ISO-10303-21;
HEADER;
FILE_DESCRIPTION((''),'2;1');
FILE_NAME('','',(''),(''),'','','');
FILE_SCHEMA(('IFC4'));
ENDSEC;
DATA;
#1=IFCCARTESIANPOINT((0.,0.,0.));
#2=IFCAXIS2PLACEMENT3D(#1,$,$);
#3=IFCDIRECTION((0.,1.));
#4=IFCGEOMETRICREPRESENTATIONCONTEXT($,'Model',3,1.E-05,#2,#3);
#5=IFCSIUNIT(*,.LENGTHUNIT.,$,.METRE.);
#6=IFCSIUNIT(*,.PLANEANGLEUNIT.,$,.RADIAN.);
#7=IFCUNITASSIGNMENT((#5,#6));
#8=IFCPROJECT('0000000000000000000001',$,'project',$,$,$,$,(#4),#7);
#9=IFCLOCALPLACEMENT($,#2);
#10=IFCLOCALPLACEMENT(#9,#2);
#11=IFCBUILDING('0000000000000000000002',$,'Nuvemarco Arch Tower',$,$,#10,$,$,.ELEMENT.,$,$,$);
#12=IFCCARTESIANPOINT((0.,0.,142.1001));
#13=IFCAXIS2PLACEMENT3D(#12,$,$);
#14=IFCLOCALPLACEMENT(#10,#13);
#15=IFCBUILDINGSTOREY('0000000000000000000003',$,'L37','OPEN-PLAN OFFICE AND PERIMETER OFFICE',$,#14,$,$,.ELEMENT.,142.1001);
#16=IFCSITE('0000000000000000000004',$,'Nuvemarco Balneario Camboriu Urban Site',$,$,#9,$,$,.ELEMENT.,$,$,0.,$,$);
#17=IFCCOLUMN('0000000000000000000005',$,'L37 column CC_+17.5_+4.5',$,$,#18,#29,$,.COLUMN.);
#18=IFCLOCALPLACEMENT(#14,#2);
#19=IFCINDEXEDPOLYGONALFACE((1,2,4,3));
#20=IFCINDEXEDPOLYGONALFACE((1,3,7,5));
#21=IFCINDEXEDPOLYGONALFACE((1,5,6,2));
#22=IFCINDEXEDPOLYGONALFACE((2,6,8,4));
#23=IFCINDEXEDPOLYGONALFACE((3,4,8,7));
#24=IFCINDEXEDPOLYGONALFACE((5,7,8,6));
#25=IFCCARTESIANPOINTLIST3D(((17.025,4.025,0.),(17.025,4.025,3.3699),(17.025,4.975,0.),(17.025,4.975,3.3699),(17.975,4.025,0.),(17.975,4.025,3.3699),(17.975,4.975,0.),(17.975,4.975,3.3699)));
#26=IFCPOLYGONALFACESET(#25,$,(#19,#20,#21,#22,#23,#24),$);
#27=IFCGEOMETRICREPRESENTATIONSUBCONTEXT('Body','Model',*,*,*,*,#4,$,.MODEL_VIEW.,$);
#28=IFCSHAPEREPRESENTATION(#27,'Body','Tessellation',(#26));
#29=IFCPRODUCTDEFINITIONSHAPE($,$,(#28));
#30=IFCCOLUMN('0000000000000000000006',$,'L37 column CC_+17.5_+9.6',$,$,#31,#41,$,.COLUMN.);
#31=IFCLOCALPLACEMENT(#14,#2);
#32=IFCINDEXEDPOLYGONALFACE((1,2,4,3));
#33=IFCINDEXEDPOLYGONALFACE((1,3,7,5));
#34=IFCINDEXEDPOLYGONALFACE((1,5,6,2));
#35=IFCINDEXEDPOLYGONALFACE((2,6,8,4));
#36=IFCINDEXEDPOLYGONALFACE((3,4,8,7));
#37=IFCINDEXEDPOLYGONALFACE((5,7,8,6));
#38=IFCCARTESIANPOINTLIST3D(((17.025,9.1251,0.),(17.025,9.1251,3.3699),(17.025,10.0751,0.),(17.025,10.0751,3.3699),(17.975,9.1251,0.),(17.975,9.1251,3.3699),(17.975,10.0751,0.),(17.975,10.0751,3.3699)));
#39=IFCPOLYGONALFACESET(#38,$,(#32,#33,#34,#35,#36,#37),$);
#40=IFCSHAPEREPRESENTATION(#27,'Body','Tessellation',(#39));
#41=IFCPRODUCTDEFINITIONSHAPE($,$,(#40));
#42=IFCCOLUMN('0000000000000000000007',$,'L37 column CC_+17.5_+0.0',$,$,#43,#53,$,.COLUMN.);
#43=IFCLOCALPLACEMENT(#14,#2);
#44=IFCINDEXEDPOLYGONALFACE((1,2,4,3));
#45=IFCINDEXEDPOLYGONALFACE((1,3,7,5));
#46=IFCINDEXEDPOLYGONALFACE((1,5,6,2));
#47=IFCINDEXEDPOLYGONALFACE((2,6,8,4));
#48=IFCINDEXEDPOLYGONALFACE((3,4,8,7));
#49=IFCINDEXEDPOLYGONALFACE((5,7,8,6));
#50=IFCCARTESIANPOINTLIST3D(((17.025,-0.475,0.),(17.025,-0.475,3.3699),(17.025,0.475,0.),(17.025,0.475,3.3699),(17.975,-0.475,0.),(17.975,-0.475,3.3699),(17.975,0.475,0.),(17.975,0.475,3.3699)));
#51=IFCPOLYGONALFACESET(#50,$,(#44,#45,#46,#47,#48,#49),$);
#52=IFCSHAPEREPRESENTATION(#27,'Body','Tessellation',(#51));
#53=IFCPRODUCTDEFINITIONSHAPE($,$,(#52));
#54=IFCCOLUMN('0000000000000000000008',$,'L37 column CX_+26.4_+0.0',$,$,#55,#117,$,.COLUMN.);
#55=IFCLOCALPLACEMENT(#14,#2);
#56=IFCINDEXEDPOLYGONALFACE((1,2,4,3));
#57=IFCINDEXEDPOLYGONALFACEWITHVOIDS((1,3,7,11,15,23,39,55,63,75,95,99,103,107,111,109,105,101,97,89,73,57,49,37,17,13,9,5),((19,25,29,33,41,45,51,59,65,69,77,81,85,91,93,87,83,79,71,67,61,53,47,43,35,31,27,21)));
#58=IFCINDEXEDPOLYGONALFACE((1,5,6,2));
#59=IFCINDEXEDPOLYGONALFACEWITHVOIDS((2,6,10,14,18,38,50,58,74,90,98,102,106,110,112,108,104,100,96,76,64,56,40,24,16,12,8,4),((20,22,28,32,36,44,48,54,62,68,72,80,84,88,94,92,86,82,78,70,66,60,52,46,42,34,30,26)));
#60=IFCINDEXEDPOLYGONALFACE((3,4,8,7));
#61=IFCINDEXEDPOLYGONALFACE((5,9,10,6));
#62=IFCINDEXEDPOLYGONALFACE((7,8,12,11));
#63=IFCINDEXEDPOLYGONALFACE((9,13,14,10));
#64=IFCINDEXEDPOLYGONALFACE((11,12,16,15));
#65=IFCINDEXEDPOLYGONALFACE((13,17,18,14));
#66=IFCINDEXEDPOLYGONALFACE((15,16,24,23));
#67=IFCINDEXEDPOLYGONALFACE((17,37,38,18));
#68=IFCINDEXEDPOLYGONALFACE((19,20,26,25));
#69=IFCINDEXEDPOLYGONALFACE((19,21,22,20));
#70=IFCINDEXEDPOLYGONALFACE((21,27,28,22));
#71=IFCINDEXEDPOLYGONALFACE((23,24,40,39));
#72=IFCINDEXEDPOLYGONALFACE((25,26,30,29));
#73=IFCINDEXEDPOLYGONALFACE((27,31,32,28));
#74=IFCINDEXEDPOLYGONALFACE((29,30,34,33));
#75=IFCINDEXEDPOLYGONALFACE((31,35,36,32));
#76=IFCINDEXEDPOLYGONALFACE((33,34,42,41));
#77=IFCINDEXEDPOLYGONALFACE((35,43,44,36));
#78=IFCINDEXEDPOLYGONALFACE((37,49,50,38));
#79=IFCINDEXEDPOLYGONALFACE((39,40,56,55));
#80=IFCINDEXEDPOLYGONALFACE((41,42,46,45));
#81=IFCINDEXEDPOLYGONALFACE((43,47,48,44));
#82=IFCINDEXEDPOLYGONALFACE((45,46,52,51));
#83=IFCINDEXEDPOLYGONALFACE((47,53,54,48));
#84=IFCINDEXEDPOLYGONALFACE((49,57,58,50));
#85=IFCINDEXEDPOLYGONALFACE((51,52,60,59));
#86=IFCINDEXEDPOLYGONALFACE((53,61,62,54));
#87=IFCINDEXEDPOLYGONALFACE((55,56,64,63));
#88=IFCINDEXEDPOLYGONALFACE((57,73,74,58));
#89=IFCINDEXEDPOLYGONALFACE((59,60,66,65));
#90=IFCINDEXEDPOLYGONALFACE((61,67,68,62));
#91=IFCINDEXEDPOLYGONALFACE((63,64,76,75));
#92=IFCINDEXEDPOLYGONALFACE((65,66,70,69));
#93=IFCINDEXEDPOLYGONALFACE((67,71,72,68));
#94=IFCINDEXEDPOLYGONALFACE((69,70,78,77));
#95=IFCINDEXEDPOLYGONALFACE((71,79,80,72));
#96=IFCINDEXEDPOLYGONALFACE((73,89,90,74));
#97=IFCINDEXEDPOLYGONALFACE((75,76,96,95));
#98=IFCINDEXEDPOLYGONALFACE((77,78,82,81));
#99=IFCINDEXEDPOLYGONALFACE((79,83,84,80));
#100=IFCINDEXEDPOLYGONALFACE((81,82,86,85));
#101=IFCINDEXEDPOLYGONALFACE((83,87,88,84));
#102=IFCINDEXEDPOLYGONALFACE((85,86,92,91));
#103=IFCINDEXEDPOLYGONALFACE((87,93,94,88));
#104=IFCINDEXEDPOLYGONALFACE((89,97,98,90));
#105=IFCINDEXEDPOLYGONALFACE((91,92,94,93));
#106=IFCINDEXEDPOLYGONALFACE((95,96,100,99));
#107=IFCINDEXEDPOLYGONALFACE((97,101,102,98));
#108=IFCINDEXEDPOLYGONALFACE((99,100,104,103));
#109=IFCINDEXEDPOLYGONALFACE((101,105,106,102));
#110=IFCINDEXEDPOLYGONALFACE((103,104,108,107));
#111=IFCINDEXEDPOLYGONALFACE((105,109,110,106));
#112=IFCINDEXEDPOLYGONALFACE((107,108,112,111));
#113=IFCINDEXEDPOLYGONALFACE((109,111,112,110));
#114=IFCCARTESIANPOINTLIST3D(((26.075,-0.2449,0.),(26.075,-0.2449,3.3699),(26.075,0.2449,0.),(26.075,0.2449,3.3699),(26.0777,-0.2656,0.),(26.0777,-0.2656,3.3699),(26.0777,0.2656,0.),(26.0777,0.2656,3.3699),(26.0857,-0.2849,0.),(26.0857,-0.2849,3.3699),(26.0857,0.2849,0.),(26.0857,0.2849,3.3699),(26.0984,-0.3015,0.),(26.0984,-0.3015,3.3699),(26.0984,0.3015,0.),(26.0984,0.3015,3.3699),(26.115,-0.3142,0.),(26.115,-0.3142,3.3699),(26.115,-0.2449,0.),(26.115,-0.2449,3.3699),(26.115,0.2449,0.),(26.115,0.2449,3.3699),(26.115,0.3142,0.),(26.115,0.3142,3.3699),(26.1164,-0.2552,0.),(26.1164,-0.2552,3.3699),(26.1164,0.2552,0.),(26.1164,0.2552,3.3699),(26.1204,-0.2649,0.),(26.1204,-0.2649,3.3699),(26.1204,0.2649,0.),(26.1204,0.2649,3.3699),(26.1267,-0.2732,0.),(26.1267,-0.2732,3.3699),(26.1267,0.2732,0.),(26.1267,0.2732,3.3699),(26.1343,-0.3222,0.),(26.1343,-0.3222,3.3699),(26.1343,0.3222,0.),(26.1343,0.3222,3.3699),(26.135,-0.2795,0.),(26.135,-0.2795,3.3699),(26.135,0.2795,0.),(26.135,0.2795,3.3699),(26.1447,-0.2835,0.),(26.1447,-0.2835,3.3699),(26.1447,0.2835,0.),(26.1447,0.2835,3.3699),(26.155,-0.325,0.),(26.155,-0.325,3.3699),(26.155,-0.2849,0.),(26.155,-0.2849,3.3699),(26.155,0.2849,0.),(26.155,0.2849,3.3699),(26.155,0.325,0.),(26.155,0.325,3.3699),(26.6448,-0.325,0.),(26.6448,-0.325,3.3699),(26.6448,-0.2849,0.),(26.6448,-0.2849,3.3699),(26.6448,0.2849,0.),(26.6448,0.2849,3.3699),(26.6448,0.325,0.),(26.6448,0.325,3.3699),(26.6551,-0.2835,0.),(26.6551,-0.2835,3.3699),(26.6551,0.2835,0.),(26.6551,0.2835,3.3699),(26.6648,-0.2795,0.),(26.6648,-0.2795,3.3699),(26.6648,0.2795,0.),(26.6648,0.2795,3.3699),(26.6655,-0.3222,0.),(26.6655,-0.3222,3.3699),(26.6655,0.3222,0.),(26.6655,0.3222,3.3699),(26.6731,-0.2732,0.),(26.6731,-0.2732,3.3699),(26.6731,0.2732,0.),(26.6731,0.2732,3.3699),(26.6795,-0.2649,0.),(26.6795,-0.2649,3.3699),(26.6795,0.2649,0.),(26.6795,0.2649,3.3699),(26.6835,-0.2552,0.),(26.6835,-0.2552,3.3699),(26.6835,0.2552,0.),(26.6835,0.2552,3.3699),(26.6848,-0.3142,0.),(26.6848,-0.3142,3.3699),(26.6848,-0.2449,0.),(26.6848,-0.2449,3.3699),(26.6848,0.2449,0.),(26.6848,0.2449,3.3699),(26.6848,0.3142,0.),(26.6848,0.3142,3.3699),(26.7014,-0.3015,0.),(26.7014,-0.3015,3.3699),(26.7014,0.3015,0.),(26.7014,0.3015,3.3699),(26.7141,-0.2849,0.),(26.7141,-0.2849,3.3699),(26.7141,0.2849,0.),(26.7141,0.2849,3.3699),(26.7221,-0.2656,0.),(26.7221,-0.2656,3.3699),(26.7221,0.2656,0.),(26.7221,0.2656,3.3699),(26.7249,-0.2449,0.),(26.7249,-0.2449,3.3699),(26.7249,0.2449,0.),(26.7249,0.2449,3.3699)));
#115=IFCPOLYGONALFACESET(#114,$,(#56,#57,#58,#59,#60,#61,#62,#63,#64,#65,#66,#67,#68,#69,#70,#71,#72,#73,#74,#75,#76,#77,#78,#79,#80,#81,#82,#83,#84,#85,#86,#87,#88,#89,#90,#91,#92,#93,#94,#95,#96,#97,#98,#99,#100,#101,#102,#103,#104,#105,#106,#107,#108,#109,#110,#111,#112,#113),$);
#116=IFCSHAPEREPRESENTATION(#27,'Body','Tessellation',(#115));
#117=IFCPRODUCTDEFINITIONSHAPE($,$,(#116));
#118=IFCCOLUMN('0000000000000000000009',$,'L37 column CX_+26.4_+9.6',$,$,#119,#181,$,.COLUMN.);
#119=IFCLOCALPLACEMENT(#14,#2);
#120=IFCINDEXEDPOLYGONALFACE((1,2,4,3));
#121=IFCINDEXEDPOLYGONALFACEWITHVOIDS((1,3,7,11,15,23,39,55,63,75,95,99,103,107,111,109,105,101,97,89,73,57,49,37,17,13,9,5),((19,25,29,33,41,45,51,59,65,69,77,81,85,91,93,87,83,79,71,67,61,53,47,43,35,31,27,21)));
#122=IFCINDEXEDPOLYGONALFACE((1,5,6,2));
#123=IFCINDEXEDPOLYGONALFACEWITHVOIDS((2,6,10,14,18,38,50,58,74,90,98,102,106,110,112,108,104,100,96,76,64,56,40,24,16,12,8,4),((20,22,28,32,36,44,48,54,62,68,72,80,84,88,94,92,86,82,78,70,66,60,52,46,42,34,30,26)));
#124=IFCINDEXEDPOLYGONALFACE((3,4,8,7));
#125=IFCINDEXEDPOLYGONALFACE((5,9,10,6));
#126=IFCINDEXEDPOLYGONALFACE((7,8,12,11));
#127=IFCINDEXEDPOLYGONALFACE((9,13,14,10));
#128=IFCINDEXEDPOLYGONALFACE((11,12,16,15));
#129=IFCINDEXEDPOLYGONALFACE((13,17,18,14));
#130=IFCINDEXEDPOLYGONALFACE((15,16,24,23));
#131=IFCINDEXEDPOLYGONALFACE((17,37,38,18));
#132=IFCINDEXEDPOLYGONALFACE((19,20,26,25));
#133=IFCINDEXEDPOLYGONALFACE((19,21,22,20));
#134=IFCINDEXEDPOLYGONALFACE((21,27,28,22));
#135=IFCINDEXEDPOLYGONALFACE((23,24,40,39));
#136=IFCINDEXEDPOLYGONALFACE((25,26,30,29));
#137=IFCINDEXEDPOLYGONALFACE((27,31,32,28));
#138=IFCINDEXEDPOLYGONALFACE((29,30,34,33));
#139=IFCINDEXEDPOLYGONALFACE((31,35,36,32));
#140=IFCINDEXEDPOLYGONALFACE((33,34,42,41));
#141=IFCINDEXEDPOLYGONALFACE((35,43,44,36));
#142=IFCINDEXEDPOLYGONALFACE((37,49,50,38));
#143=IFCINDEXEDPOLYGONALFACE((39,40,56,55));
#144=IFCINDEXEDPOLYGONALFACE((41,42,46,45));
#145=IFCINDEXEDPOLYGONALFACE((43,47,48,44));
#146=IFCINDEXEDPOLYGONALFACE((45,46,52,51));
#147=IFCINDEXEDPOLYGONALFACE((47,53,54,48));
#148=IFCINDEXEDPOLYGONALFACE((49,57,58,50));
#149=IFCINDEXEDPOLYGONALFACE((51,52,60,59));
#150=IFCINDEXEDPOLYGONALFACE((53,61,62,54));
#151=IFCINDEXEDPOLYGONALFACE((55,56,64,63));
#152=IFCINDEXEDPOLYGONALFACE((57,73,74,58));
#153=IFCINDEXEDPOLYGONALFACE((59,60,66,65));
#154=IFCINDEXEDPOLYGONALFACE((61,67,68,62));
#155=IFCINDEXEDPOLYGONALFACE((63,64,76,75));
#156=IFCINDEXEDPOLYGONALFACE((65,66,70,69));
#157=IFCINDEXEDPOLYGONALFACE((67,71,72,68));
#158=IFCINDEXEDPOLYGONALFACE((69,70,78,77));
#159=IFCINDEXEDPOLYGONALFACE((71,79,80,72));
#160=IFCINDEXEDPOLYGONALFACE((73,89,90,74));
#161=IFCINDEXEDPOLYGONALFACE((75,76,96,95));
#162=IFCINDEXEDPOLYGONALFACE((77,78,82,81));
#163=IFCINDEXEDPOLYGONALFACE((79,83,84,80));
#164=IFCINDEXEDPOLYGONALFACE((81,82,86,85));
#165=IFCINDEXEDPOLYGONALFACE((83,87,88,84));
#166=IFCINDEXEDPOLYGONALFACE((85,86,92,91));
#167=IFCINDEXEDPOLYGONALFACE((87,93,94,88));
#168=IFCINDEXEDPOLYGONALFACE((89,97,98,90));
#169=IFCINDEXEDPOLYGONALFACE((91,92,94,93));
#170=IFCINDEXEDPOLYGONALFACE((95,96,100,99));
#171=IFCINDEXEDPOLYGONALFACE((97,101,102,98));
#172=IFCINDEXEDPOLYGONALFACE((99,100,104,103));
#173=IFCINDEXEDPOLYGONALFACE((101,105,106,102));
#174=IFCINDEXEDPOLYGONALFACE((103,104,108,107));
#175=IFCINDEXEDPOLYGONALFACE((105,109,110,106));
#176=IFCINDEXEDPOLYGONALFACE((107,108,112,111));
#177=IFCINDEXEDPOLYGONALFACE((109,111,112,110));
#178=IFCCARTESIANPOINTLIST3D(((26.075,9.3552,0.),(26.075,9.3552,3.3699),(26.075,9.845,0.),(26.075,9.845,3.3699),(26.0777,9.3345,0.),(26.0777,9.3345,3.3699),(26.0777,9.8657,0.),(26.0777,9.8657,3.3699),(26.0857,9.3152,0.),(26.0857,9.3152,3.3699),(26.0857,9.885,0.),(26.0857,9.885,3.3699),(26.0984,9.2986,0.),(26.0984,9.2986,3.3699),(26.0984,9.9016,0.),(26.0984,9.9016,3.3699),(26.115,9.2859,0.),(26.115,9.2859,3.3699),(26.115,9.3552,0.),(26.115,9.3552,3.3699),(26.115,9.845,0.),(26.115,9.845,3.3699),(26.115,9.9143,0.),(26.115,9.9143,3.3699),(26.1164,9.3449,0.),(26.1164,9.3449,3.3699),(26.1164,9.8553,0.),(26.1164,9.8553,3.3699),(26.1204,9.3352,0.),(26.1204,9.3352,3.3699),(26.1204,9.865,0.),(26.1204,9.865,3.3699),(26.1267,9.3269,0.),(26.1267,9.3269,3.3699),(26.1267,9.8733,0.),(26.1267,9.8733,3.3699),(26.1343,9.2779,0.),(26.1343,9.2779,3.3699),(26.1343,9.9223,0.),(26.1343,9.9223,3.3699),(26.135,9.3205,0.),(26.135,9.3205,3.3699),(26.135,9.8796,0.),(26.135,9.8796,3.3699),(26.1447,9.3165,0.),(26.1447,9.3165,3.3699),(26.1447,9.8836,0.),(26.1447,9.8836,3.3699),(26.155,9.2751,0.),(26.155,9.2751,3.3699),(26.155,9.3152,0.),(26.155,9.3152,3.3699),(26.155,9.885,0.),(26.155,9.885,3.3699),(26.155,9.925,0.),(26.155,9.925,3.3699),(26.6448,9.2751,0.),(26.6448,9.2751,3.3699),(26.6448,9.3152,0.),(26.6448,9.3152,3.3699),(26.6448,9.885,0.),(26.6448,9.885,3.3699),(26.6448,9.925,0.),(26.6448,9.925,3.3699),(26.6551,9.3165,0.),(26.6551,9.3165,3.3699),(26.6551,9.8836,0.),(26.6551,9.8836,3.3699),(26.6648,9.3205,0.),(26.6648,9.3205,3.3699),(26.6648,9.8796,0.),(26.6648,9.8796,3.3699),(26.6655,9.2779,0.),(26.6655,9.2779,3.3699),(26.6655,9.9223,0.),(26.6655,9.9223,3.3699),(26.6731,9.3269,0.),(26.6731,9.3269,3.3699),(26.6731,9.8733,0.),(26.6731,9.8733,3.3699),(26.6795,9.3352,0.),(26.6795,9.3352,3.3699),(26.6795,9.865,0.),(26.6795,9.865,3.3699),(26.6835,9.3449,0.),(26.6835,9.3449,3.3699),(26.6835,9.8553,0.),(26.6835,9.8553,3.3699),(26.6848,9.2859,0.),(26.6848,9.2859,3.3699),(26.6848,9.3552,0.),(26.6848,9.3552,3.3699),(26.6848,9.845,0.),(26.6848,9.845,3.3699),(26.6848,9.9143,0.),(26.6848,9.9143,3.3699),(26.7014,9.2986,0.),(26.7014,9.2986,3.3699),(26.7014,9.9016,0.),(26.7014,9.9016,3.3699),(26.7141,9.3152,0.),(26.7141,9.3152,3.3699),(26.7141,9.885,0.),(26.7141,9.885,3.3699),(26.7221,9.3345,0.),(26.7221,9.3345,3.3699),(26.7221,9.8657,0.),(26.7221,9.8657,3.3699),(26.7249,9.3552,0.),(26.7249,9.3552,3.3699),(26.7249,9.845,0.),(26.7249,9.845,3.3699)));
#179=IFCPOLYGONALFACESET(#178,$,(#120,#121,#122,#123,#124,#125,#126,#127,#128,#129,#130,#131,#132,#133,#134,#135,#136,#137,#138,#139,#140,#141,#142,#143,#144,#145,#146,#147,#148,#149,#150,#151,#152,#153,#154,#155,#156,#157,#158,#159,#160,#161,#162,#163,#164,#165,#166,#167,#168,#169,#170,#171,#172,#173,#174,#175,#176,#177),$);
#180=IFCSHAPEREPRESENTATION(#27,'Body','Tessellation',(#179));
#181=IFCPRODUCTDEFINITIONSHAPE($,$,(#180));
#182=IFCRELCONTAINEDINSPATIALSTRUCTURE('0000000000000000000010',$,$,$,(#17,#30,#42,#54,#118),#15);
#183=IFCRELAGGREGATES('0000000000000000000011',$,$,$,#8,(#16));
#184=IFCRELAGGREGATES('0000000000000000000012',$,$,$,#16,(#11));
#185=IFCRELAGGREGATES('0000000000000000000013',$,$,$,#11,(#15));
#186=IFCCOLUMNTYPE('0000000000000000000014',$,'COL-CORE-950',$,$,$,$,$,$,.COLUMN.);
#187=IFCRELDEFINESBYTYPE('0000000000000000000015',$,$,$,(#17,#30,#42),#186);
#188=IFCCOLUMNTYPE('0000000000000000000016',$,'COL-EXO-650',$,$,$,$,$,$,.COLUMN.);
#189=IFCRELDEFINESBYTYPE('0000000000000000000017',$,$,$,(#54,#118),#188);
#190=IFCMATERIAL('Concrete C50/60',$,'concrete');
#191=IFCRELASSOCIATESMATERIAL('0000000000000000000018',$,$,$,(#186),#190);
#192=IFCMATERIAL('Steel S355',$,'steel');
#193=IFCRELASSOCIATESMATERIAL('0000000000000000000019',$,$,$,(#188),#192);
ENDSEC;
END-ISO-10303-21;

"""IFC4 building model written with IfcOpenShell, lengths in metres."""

from ifc_helpers import new_model, si_unit, direction, frame, origin, origin_2d, place, context, subcontext, project, spatial, rectangle, hollow_rectangle, extrude, material, material_profile, profile_set, type_object, element, save


model = new_model("IFC4")

# Units and contexts
model_context = context("Model", 3, precision=1e-05, world=origin(), true_north=direction((0.0, 1.0)))
body_context = subcontext(model_context, "Body", "Model", "MODEL_VIEW")
ifc_project = project(units=[si_unit("LENGTHUNIT", "METRE"), si_unit("PLANEANGLEUNIT", "RADIAN")], contexts=[model_context])

# Site, building, storey
site_placement = place(None, origin())
site = spatial("IfcSite", under=ifc_project, at=site_placement, Name="Nuvemarco Balneario Camboriu Urban Site", CompositionType="ELEMENT", RefElevation=0.0)
building_placement = place(site_placement, origin())
building = spatial("IfcBuilding", under=site, at=building_placement, Name="Nuvemarco Arch Tower", CompositionType="ELEMENT")
storey_placement = place(building_placement, frame((0.0, 0.0, 142.1001)))
storey = spatial("IfcBuildingStorey", under=building, at=storey_placement, Name="L37", Description="OPEN-PLAN OFFICE AND PERIMETER OFFICE", CompositionType="ELEMENT", Elevation=142.1001)

# Columns
ifc_material_1 = material(Name="Concrete C50/60", Category="concrete")
ifc_material_profile_1 = material_profile(ifc_material_1, rectangle(XDim=0.95, YDim=0.95, at=origin_2d()), Name="RC-COL-950x950")
ifc_profile_set_1 = profile_set([ifc_material_profile_1], Name="Concrete C50/60")
column_type_1 = type_object("IfcColumnType", Name="COL-CORE-950", PredefinedType="COLUMN", material=ifc_profile_set_1)
for number, where, z_axis, x_axis, name in (
    (1, (17.5, 4.5, 0.0), (0.0, 0.0, 1.0), (1.0, 0.0, 0.0), "L37 column CC_+17.5_+4.5"),
    (2, (17.5, 9.6001, 0.0), (0.0, 0.0, 1.0), (1.0, 0.0, 0.0), "L37 column CC_+17.5_+9.6"),
    (3, (17.5, 0.0, 0.0), (0.0, 0.0, 1.0), (1.0, 0.0, 0.0), "L37 column CC_+17.5_+0.0"),
):
    element("IfcColumn", number, at=place(storey_placement, frame(where, z_axis=z_axis, x_axis=x_axis)), inside=storey, type_object=column_type_1, Name=name, PredefinedType="COLUMN", context=body_context, shape_type="SweptSolid", body=[
        extrude(rectangle(XDim=0.95, YDim=0.95, at=origin_2d()), origin(), (0.0, 0.0, 1.0), 3.3699),
    ])
ifc_material_2 = material(Name="Steel S355", Category="steel")
ifc_material_profile_2 = material_profile(ifc_material_2, hollow_rectangle(XDim=0.6499, YDim=0.6499, WallThickness=0.04, InnerFilletRadius=0.04, OuterFilletRadius=0.0801, at=origin_2d()), Name="SHS650x650x40")
ifc_profile_set_2 = profile_set([ifc_material_profile_2], Name="Steel S355")
column_type_2 = type_object("IfcColumnType", Name="COL-EXO-650", PredefinedType="COLUMN", material=ifc_profile_set_2)
for number, where, z_axis, x_axis, name in (
    (4, (26.3999, 0.0, 0.0), (0.0, 0.0, 1.0), (1.0, 0.0, 0.0), "L37 column CX_+26.4_+0.0"),
    (5, (26.3999, 9.6001, 0.0), (0.0, 0.0, 1.0), (1.0, 0.0, 0.0), "L37 column CX_+26.4_+9.6"),
):
    element("IfcColumn", number, at=place(storey_placement, frame(where, z_axis=z_axis, x_axis=x_axis)), inside=storey, type_object=column_type_2, Name=name, PredefinedType="COLUMN", context=body_context, shape_type="SweptSolid", body=[
        extrude(hollow_rectangle(XDim=0.6499, YDim=0.6499, WallThickness=0.04, InnerFilletRadius=0.04, OuterFilletRadius=0.0801, at=origin_2d()), origin(), (0.0, 0.0, 1.0), 3.3699),
    ])

save(model, "model.ifc")
